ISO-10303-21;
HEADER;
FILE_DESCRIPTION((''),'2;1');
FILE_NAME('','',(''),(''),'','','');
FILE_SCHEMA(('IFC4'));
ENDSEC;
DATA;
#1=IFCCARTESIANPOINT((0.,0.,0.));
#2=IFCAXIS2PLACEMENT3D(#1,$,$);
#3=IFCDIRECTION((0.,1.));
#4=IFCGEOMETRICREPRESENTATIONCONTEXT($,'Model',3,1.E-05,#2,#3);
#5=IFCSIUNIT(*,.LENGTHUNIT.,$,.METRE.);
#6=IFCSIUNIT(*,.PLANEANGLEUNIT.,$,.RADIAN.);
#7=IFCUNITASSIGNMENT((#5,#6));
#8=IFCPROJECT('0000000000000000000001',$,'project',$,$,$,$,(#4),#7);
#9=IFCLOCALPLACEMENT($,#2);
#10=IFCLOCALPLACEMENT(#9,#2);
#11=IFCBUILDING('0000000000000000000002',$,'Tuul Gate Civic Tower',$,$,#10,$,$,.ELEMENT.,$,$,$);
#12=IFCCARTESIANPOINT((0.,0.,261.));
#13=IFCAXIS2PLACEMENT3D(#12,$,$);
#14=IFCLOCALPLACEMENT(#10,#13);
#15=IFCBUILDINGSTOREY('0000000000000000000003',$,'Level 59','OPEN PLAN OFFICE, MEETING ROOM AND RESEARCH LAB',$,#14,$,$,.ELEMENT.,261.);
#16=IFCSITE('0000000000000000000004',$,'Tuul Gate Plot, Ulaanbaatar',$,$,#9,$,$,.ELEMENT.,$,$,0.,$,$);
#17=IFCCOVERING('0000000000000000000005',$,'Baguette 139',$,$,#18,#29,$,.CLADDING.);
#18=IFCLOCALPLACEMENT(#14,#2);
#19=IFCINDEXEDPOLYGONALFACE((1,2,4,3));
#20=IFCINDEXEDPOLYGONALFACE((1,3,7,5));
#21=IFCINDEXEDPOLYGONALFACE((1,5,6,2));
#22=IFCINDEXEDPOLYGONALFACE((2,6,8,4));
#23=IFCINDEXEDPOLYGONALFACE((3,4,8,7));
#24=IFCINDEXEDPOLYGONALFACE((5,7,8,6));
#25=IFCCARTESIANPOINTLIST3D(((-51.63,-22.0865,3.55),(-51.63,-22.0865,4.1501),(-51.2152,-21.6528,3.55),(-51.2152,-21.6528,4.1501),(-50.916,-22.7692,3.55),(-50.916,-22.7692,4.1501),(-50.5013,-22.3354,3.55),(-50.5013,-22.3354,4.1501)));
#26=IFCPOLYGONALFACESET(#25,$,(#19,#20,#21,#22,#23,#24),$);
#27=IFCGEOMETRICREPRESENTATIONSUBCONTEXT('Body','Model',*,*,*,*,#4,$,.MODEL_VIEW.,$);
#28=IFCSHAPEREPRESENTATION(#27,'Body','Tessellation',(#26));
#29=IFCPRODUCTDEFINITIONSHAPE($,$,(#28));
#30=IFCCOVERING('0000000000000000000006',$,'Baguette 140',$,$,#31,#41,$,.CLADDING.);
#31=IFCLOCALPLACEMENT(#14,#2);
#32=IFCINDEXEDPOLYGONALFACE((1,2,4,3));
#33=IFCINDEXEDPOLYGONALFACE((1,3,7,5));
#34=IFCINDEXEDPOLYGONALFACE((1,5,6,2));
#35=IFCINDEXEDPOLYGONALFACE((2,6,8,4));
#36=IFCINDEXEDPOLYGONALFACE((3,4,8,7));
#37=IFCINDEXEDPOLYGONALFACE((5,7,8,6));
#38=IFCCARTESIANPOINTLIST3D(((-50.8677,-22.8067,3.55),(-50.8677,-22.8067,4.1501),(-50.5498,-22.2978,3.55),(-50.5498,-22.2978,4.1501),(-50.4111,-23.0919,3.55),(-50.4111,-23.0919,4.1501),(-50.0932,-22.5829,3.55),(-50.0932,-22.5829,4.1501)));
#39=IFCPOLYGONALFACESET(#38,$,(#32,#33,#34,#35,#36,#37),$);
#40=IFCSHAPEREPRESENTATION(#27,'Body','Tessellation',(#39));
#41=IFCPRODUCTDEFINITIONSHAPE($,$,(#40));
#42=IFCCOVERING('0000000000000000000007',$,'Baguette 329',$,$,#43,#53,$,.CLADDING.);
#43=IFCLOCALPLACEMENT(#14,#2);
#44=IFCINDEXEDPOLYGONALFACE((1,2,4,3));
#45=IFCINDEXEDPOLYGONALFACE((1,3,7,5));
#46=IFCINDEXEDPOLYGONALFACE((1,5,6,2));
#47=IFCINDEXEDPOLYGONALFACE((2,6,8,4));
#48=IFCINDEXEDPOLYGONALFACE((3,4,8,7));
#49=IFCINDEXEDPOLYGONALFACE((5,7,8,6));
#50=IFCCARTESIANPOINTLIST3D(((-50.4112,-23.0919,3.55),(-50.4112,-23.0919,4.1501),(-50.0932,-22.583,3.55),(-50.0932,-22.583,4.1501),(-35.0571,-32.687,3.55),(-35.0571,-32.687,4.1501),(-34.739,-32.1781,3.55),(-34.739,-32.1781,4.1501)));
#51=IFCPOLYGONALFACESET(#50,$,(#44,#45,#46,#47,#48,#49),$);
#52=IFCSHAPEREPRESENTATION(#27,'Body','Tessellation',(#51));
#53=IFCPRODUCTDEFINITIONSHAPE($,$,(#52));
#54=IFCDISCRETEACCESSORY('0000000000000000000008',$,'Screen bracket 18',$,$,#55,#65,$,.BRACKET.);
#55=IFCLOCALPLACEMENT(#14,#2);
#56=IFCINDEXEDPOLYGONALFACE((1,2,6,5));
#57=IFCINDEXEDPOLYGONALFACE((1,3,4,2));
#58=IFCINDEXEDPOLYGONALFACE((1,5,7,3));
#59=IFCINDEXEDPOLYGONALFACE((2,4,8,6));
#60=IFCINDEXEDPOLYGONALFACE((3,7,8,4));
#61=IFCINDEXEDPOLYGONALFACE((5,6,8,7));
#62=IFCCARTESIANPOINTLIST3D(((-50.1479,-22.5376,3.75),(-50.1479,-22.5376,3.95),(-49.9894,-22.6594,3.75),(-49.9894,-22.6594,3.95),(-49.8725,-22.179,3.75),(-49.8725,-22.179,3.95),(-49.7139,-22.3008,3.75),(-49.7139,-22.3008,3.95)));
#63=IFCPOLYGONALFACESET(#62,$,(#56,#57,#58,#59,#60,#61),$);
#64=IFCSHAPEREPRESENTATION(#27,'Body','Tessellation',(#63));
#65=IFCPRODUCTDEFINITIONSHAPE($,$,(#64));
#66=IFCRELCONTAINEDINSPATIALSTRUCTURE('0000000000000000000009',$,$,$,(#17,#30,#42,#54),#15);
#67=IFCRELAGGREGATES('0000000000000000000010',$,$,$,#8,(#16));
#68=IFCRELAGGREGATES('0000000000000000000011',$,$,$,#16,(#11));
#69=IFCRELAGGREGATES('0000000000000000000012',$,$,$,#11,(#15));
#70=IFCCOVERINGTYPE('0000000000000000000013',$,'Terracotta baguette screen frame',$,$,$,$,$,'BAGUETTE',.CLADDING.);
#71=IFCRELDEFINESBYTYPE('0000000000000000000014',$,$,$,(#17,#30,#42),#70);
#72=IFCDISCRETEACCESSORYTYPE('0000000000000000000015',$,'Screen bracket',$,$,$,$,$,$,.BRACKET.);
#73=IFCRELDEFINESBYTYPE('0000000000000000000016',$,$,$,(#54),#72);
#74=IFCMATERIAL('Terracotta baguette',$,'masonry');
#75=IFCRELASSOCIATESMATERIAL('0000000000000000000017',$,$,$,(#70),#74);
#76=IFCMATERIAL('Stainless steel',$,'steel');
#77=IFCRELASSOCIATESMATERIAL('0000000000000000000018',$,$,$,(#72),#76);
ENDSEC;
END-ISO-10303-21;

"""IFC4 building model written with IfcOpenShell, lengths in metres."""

from ifc_helpers import new_model, si_unit, direction, frame, origin, origin_2d, place, context, subcontext, project, spatial, rectangle, extrude, material, material_profile, profile_set, type_object, element, save


model = new_model("IFC4")

# Units and contexts
model_context = context("Model", 3, precision=1e-05, world=origin(), true_north=direction((0.0, 1.0)))
body_context = subcontext(model_context, "Body", "Model", "MODEL_VIEW")
ifc_project = project(units=[si_unit("LENGTHUNIT", "METRE"), si_unit("PLANEANGLEUNIT", "RADIAN")], contexts=[model_context])

# Site, building, storey
site_placement = place(None, origin())
site = spatial("IfcSite", under=ifc_project, at=site_placement, Name="Tuul Gate Plot, Ulaanbaatar", CompositionType="ELEMENT", RefElevation=0.0)
building_placement = place(site_placement, origin())
building = spatial("IfcBuilding", under=site, at=building_placement, Name="Tuul Gate Civic Tower", CompositionType="ELEMENT")
storey_placement = place(building_placement, frame((0.0, 0.0, 261.0)))
storey = spatial("IfcBuildingStorey", under=building, at=storey_placement, Name="Level 59", Description="OPEN PLAN OFFICE, MEETING ROOM AND RESEARCH LAB", CompositionType="ELEMENT", Elevation=261.0)

# Coverings
ifc_material_1 = material(Name="Terracotta baguette", Category="masonry")
ifc_material_profile_1 = material_profile(ifc_material_1, rectangle(XDim=0.6001, YDim=0.6001, at=origin_2d()), Name="Terracotta baguette screen frame")
ifc_profile_set_1 = profile_set([ifc_material_profile_1], Name="Terracotta baguette")
covering_type = type_object("IfcCoveringType", Name="Terracotta baguette screen frame", ElementType="BAGUETTE", PredefinedType="CLADDING", material=ifc_profile_set_1)
covering_1_placement = place(storey_placement, frame((-51.4226, -21.8696, 3.8501), z_axis=(0.722749, -0.69111, 0.0), x_axis=(0.69111, 0.722749, 0.0)))
element("IfcCovering", 1, at=covering_1_placement, inside=storey, type_object=covering_type, Name="Baguette 139", PredefinedType="CLADDING", context=body_context, shape_type="SweptSolid", body=[
    extrude(rectangle(XDim=0.6001, YDim=0.6001, at=origin_2d()), origin(), (0.0, 0.0, 1.0), 0.9878),
])
covering_2_placement = place(storey_placement, frame((-50.7087, -22.5522, 3.8501), z_axis=(0.848151, -0.529754, 0.0), x_axis=(0.529754, 0.848151, 0.0)))
element("IfcCovering", 2, at=covering_2_placement, inside=storey, type_object=covering_type, Name="Baguette 140", PredefinedType="CLADDING", context=body_context, shape_type="SweptSolid", body=[
    extrude(rectangle(XDim=0.6001, YDim=0.6001, at=origin_2d()), origin(), (0.0, 0.0, 1.0), 0.5383),
])
covering_3_placement = place(storey_placement, frame((-50.2522, -22.8374, 3.8501), z_axis=(0.848028, -0.529952, 0.0), x_axis=(0.529952, 0.848028, 0.0)))
element("IfcCovering", 3, at=covering_3_placement, inside=storey, type_object=covering_type, Name="Baguette 329", PredefinedType="CLADDING", context=body_context, shape_type="SweptSolid", body=[
    extrude(rectangle(XDim=0.6001, YDim=0.6001, at=origin_2d()), origin(), (0.0, 0.0, 1.0), 18.1057),
])

# Discrete accessory
ifc_material_2 = material(Name="Stainless steel", Category="steel")
discrete_accessory_type = type_object("IfcDiscreteAccessoryType", Name="Screen bracket", PredefinedType="BRACKET", material=ifc_material_2)
discrete_accessory_placement = place(storey_placement, frame((-49.9309, -22.4192, 3.75), z_axis=(0.0, 0.0, 1.0), x_axis=(-0.609253, -0.792976, 0.0)))
element("IfcDiscreteAccessory", 4, at=discrete_accessory_placement, inside=storey, type_object=discrete_accessory_type, Name="Screen bracket 18", PredefinedType="BRACKET", context=body_context, shape_type="SweptSolid", body=[
    extrude(rectangle(XDim=0.4521, YDim=0.2, at=origin_2d()), origin(), (0.0, 0.0, 1.0), 0.2),
])

save(model, "model.ifc")
